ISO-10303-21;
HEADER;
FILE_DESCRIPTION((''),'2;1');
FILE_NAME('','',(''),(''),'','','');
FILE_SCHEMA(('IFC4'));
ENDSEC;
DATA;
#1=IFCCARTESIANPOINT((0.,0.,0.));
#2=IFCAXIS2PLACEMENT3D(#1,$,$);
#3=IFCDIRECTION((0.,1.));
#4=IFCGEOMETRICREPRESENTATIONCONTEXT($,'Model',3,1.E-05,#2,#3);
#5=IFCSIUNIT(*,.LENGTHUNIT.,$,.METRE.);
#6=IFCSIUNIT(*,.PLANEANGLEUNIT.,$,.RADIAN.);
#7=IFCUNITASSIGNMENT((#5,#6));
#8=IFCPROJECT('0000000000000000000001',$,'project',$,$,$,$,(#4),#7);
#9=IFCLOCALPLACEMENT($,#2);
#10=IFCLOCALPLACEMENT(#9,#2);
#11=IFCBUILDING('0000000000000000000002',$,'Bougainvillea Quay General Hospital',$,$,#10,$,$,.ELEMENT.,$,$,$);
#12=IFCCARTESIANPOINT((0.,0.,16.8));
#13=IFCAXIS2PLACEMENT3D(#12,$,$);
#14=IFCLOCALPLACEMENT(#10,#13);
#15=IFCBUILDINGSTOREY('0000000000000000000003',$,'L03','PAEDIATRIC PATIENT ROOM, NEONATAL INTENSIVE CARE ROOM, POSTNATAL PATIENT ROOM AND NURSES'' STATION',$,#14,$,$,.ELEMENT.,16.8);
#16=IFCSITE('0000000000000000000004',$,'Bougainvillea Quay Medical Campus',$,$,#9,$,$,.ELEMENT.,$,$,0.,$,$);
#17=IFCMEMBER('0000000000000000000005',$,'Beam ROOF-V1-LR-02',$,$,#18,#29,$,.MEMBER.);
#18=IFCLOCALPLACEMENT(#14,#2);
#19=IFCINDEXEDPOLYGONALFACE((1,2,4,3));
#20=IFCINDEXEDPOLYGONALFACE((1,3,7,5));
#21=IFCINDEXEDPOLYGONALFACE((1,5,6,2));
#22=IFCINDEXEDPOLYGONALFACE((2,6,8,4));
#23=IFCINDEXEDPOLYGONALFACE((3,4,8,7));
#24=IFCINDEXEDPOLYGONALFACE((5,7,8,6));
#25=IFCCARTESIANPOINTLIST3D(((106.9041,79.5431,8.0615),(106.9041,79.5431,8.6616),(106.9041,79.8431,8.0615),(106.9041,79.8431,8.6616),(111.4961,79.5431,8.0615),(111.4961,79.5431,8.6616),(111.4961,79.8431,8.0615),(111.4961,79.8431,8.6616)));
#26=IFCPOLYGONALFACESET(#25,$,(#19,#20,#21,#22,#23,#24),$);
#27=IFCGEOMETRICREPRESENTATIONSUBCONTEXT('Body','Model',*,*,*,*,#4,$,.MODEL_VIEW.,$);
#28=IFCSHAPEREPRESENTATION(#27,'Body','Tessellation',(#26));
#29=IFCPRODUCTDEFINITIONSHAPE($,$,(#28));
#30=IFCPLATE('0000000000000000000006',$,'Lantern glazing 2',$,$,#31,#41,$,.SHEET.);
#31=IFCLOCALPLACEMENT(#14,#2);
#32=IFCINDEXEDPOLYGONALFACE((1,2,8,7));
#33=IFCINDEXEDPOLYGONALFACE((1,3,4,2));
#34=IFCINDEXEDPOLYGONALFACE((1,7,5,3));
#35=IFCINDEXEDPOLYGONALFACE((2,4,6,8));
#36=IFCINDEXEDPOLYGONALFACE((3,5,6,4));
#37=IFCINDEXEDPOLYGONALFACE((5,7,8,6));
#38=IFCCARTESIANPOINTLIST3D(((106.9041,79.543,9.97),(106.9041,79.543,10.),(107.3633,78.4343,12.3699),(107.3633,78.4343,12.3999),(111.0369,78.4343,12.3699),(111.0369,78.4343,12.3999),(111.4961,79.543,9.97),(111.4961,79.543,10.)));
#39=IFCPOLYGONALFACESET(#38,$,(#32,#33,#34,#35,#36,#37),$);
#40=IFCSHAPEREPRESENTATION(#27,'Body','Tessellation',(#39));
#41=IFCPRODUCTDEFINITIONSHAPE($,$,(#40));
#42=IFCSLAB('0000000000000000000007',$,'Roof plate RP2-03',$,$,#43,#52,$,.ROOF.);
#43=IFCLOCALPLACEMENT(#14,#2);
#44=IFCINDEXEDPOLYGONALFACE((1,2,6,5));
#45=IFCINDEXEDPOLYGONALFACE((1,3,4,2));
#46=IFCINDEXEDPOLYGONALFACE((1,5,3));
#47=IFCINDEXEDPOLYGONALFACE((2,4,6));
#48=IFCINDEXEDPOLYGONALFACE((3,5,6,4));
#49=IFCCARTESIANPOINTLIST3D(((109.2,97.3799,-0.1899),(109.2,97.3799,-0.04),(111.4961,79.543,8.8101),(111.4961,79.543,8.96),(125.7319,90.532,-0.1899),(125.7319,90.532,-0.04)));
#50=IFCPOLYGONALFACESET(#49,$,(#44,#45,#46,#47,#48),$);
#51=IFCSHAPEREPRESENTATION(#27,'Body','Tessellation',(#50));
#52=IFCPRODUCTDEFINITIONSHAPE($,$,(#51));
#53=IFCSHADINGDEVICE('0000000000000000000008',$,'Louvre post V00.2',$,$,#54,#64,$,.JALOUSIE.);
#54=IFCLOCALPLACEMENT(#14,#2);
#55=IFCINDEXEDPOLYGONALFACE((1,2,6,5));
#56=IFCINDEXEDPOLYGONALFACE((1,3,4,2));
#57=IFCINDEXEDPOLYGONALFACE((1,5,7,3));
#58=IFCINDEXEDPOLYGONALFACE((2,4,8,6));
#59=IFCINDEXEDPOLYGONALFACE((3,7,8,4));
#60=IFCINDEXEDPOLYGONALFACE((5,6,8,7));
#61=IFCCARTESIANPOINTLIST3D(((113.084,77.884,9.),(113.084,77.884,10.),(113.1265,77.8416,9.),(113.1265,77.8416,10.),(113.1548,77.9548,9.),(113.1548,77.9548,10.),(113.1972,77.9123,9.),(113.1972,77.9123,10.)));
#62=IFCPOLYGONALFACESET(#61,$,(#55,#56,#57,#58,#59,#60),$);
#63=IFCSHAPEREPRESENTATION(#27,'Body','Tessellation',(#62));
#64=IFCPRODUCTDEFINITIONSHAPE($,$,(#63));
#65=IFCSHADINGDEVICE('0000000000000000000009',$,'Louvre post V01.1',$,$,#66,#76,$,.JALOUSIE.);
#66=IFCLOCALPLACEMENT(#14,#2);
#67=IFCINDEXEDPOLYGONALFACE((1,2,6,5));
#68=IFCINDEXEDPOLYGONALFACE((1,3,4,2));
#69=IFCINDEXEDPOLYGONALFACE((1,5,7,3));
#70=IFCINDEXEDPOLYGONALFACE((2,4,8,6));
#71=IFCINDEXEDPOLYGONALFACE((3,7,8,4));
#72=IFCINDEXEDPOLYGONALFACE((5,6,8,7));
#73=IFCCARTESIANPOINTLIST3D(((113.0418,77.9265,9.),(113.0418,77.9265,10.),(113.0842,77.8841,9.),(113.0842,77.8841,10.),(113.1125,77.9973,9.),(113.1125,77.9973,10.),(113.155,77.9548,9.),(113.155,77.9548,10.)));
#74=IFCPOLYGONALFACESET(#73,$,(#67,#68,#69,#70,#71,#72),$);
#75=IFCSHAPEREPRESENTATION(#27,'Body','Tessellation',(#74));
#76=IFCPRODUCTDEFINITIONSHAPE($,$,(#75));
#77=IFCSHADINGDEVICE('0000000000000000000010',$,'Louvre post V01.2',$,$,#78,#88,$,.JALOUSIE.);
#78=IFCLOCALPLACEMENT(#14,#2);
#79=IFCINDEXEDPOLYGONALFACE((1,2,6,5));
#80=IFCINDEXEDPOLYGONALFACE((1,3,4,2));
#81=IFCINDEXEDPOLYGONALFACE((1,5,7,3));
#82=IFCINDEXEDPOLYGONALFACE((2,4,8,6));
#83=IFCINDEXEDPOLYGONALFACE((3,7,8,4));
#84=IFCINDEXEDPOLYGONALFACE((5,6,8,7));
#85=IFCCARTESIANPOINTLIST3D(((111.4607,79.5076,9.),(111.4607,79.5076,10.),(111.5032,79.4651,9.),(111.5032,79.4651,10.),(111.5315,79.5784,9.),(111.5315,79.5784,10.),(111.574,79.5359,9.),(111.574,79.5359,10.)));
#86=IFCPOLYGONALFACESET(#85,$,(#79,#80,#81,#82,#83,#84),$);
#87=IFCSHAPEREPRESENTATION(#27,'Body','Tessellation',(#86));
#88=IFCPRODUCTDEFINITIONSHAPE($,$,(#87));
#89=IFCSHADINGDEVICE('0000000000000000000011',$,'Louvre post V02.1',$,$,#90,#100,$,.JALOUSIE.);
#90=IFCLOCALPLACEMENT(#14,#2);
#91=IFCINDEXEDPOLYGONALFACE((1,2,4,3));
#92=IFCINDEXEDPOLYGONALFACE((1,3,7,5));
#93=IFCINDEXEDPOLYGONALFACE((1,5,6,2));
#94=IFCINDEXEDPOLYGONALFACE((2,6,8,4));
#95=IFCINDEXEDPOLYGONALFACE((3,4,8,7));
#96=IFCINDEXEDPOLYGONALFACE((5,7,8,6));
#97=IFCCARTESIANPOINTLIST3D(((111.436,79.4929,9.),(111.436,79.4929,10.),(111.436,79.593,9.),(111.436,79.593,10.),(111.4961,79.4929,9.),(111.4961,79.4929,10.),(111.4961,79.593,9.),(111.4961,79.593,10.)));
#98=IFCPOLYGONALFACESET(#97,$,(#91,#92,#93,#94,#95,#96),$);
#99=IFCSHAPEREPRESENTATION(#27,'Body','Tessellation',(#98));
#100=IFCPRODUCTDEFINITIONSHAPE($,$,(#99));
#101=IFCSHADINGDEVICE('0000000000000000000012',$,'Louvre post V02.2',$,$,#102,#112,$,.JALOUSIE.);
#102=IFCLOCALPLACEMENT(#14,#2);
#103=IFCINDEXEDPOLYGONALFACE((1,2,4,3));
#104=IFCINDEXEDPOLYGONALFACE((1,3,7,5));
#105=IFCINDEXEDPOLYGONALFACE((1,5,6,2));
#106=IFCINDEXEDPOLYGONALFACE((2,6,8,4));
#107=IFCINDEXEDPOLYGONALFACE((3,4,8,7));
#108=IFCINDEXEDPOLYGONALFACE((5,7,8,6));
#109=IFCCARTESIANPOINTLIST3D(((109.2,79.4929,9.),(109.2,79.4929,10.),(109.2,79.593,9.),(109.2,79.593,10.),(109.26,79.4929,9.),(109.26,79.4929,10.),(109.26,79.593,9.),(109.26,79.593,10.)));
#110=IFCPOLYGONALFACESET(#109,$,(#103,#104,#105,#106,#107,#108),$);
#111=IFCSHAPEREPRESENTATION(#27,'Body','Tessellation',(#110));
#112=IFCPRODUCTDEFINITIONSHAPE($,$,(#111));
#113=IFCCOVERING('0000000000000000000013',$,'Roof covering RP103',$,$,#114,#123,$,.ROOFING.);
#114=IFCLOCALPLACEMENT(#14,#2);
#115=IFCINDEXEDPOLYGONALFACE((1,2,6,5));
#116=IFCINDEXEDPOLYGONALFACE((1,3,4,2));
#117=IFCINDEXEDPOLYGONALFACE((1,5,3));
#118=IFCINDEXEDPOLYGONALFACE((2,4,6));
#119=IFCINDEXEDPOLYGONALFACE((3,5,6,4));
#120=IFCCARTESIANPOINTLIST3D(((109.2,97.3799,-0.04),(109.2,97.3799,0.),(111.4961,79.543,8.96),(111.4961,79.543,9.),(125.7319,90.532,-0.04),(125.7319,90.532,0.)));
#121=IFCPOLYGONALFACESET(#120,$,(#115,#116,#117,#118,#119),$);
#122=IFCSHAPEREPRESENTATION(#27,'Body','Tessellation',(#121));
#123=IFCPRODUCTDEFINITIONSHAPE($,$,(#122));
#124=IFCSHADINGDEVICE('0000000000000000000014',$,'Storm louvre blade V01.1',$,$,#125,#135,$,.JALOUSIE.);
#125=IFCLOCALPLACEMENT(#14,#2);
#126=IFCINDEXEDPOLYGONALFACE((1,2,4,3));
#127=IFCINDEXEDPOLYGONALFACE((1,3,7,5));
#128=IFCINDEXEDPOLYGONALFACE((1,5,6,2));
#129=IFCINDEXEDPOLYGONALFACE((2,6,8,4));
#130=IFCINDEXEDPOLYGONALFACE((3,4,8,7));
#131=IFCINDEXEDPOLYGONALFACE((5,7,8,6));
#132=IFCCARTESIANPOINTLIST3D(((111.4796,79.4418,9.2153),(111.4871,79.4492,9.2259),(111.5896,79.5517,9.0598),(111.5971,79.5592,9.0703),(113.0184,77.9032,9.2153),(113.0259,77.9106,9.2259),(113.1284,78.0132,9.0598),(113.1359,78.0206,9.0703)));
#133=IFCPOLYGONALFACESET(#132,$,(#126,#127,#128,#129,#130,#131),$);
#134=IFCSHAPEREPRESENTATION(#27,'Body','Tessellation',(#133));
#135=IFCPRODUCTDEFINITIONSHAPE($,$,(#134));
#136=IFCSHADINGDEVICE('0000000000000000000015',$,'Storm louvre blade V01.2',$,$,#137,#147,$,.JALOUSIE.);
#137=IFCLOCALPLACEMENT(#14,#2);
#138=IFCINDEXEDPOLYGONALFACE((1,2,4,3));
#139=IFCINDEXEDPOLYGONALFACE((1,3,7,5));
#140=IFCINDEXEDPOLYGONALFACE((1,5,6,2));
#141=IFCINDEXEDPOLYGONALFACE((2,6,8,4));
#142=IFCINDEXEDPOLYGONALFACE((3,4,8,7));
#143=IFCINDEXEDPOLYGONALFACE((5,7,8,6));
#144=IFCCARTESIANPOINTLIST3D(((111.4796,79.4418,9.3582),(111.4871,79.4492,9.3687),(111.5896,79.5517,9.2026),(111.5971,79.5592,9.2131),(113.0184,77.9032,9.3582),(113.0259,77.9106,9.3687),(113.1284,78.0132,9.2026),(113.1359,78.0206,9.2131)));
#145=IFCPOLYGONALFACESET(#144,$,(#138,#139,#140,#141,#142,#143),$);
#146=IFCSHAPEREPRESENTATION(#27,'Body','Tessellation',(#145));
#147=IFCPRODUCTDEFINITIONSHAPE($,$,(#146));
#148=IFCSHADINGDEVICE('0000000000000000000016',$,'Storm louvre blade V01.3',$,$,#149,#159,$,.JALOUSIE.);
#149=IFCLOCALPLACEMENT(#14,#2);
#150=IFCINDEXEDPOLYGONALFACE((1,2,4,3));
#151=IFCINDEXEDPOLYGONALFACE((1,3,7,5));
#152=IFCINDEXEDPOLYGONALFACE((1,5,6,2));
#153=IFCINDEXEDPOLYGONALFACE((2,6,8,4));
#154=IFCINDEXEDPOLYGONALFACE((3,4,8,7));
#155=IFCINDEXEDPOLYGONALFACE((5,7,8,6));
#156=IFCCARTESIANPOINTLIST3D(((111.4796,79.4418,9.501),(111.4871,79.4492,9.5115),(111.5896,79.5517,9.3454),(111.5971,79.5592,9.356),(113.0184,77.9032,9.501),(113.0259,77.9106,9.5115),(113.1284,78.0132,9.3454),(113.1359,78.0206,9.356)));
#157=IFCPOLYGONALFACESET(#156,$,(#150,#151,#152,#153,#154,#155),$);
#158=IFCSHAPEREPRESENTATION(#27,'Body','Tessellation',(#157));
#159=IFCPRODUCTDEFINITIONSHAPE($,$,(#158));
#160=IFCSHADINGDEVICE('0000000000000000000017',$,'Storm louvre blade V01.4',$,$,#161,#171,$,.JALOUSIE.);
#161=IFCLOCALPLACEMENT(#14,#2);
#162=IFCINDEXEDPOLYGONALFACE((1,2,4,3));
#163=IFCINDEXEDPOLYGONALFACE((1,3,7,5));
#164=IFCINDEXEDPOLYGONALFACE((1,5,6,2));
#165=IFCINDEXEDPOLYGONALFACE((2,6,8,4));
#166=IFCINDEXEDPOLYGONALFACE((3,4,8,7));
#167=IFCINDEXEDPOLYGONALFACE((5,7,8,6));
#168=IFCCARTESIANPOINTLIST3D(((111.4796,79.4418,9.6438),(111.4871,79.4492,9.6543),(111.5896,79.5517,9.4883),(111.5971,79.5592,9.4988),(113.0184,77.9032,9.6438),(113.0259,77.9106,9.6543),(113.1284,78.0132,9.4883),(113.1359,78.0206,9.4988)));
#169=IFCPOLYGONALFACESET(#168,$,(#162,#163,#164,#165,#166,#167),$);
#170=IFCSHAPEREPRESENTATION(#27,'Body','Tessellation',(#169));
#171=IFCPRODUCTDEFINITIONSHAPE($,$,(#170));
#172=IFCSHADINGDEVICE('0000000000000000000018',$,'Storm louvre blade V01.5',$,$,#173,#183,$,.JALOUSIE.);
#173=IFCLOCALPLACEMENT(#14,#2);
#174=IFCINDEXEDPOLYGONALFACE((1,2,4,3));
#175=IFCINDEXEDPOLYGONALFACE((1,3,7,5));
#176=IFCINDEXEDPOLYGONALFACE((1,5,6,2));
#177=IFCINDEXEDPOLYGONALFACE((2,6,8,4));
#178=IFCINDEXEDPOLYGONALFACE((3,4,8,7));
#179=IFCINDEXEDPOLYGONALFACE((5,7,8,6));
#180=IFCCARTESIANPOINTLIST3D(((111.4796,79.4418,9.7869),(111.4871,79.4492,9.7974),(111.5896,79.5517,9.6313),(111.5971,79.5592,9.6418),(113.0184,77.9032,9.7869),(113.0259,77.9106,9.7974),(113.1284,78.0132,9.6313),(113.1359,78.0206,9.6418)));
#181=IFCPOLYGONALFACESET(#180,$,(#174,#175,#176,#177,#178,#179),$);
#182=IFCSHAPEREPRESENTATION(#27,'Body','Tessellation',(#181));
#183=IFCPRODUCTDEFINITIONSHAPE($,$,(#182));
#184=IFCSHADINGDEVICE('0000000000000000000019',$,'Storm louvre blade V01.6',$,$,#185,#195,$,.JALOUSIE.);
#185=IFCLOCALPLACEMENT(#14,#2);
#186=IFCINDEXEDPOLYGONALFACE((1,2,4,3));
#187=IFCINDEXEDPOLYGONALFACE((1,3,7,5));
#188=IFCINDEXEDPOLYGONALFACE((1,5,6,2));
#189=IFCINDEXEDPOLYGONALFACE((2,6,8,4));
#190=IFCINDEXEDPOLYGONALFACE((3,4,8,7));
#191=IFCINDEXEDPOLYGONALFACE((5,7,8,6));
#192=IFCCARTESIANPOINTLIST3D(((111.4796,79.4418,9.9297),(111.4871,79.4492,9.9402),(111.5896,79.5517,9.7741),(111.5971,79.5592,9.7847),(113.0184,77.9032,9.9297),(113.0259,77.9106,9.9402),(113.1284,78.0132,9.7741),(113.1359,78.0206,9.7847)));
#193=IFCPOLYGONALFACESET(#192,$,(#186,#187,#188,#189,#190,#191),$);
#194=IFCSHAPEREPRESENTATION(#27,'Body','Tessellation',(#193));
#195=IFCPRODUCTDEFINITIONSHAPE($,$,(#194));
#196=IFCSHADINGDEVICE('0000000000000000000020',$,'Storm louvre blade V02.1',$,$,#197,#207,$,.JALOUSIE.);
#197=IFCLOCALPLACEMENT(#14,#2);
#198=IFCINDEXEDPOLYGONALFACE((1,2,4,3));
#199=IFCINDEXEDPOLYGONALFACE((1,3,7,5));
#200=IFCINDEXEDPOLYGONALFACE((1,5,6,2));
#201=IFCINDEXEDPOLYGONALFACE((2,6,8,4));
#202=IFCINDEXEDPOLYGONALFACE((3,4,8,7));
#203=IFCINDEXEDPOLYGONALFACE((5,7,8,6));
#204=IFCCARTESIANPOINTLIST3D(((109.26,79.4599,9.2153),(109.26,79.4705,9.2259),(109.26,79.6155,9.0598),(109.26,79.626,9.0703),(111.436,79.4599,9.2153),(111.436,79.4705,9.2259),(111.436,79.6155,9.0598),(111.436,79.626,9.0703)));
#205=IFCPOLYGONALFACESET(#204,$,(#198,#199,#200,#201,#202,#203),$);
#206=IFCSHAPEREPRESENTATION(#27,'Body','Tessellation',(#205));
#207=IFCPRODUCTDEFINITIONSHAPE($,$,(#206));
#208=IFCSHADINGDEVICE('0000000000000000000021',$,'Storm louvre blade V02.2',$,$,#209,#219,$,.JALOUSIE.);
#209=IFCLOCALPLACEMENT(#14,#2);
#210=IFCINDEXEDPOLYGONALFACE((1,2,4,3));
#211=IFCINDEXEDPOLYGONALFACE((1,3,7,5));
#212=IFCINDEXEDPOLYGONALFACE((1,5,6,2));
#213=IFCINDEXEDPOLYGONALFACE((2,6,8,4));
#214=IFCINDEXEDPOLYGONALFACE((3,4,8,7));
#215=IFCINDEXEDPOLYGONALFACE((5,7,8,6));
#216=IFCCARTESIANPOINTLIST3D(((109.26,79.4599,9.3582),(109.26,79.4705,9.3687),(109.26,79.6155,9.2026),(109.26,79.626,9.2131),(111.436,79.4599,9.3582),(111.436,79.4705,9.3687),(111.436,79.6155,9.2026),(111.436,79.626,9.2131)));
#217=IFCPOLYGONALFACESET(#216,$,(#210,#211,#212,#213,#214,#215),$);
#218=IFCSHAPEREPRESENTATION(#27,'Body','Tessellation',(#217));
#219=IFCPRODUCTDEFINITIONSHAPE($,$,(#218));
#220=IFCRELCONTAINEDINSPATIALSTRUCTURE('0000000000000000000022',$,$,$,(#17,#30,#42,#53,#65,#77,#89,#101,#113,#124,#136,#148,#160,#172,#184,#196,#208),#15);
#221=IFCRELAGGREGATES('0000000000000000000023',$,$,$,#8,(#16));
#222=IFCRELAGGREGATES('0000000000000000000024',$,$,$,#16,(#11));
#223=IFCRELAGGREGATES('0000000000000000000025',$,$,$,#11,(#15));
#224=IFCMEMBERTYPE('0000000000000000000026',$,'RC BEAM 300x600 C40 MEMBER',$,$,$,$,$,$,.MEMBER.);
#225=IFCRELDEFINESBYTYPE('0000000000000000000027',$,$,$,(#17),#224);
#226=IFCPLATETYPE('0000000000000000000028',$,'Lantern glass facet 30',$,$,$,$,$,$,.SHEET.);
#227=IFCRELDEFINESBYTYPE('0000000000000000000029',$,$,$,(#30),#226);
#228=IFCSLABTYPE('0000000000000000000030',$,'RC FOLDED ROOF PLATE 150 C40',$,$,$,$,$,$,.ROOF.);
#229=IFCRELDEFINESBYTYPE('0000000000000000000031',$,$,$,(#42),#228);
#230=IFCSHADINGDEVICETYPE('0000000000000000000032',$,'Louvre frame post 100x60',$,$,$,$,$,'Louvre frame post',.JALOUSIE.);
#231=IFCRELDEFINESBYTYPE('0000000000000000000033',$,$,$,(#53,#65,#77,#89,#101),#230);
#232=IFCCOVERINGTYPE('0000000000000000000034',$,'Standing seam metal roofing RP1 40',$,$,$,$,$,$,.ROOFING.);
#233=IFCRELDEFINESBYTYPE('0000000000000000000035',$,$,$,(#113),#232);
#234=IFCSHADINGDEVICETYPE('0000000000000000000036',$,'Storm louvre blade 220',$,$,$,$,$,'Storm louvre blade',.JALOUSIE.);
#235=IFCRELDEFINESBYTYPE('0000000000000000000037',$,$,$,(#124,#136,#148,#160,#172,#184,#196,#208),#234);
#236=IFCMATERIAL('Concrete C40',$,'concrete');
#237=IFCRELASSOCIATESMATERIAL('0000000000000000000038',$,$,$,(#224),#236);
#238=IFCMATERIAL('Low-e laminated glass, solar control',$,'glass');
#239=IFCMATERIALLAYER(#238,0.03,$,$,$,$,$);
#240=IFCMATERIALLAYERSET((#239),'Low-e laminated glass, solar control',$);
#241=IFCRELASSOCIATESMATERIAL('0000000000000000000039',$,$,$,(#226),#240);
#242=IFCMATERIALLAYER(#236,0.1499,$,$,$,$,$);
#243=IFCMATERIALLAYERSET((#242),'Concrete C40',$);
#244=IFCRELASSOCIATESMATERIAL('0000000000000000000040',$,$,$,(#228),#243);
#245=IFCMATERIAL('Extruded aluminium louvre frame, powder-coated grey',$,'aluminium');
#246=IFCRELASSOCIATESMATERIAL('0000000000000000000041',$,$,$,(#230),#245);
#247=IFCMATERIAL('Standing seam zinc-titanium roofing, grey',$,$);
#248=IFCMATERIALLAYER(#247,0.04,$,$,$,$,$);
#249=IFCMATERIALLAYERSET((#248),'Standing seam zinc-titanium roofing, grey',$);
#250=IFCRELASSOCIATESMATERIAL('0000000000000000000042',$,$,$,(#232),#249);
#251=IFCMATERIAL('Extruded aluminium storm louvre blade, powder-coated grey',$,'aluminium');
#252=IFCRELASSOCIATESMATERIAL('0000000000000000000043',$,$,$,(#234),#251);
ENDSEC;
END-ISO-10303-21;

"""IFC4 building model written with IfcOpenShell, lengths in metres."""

from ifc_helpers import new_model, si_unit, direction, frame, origin, origin_2d, place, context, subcontext, project, spatial, polyline, rectangle, outline, extrude, material, layer, layer_set, material_profile, profile_set, type_object, element, save


model = new_model("IFC4")

# Units and contexts
model_context = context("Model", 3, precision=1e-05, world=origin(), true_north=direction((0.0, 1.0)))
body_context = subcontext(model_context, "Body", "Model", "MODEL_VIEW")
ifc_project = project(units=[si_unit("LENGTHUNIT", "METRE"), si_unit("PLANEANGLEUNIT", "RADIAN")], contexts=[model_context])

# Site, building, storey
site_placement = place(None, origin())
site = spatial("IfcSite", under=ifc_project, at=site_placement, Name="Bougainvillea Quay Medical Campus", CompositionType="ELEMENT", RefElevation=0.0)
building_placement = place(site_placement, origin())
building = spatial("IfcBuilding", under=site, at=building_placement, Name="Bougainvillea Quay General Hospital", CompositionType="ELEMENT")
storey_placement = place(building_placement, frame((0.0, 0.0, 16.8)))
storey = spatial("IfcBuildingStorey", under=building, at=storey_placement, Name="L03", Description="PAEDIATRIC PATIENT ROOM, NEONATAL INTENSIVE CARE ROOM, POSTNATAL PATIENT ROOM AND NURSES' STATION", CompositionType="ELEMENT", Elevation=16.8)

# Member
ifc_material_1 = material(Name="Concrete C40", Category="concrete")
ifc_material_profile_1 = material_profile(ifc_material_1, rectangle(XDim=0.3, YDim=0.6001, at=origin_2d()))
ifc_profile_set_1 = profile_set([ifc_material_profile_1], Name="Concrete C40")
member_type = type_object("IfcMemberType", Name="RC BEAM 300x600 C40 MEMBER", PredefinedType="MEMBER", material=ifc_profile_set_1)
member_placement = place(storey_placement, frame((111.4961, 79.6931, 8.3616), z_axis=(-1.0, 0.0, 0.0), x_axis=(0.0, -1.0, 0.0)))
element("IfcMember", 1, at=member_placement, inside=storey, type_object=member_type, Name="Beam ROOF-V1-LR-02", PredefinedType="MEMBER", context=body_context, shape_type="SweptSolid", body=[
    extrude(rectangle(XDim=0.3, YDim=0.6001, at=origin_2d()), origin(), (0.0, 0.0, 1.0), 4.592),
])

# Plate
ifc_material_2 = material(Name="Low-e laminated glass, solar control", Category="glass")
ifc_layer_1 = layer(ifc_material_2, 0.03)
ifc_layer_set_1 = layer_set([ifc_layer_1], Name="Low-e laminated glass, solar control")
plate_type = type_object("IfcPlateType", Name="Lantern glass facet 30", PredefinedType="SHEET", material=ifc_layer_set_1)
plate_placement = place(storey_placement, frame((111.4961, 79.543, 10.0), z_axis=(0.0, 0.907816, 0.419369), x_axis=(-1.0, 0.0, 0.0)))
element("IfcPlate", 2, at=plate_placement, inside=storey, type_object=plate_type, Name="Lantern glazing 2", PredefinedType="SHEET", context=body_context, shape_type="SweptSolid", body=[
    extrude(outline(polyline([(0.0, 0.0), (4.592, 0.0), (4.1328, 2.6436), (0.4592, 2.6436), (0.0, 0.0)])), origin(), (0.0, -0.907816, -0.419369), 0.03),
])

# Slab
ifc_layer_2 = layer(ifc_material_1, 0.1499)
ifc_layer_set_2 = layer_set([ifc_layer_2], Name="Concrete C40")
slab_type = type_object("IfcSlabType", Name="RC FOLDED ROOF PLATE 150 C40", PredefinedType="ROOF", material=ifc_layer_set_2)
slab_placement = place(storey_placement, frame((111.4961, 79.543, 8.96), z_axis=(0.191235, 0.461673, 0.866191), x_axis=(0.707894, 0.546442, -0.447536)))
element("IfcSlab", 3, at=slab_placement, inside=storey, type_object=slab_type, Name="Roof plate RP2-03", PredefinedType="ROOF", context=body_context, shape_type="SweptSolid", body=[
    extrude(outline(polyline([(0.0, 0.0), (20.1101, 0.0), (12.1492, 16.0257), (0.0, 0.0)])), origin(), (0.447536, 0.222317, -0.866191), 0.1499),
])

# Shading devices
ifc_material_3 = material(Name="Extruded aluminium louvre frame, powder-coated grey", Category="aluminium")
ifc_material_profile_2 = material_profile(ifc_material_3, rectangle(XDim=0.1001, YDim=0.0601, at=origin_2d()))
ifc_profile_set_2 = profile_set([ifc_material_profile_2], Name="Extruded aluminium louvre frame, powder-coated grey")
shading_device_type_1 = type_object("IfcShadingDeviceType", Name="Louvre frame post 100x60", ElementType="Louvre frame post", PredefinedType="JALOUSIE", material=ifc_profile_set_2)
for number, where, z_axis, x_axis, name in (
    (4, (113.1406, 77.8982, 9.0), (0.0, 0.0, 1.0), (-0.707107, -0.707107, 0.0), "Louvre post V00.2"),
    (5, (113.0984, 77.9407, 9.0), (0.0, 0.0, 1.0), (-0.707107, -0.707107, 0.0), "Louvre post V01.1"),
    (6, (111.5173, 79.5217, 9.0), (0.0, 0.0, 1.0), (-0.707107, -0.707107, 0.0), "Louvre post V01.2"),
    (7, (111.4661, 79.543, 9.0), (0.0, 0.0, 1.0), (0.0, -1.0, 0.0), "Louvre post V02.1"),
    (8, (109.23, 79.543, 9.0), (0.0, 0.0, 1.0), (0.0, -1.0, 0.0), "Louvre post V02.2"),
):
    element("IfcShadingDevice", number, at=place(storey_placement, frame(where, z_axis=z_axis, x_axis=x_axis)), inside=storey, type_object=shading_device_type_1, Name=name, PredefinedType="JALOUSIE", context=body_context, shape_type="SweptSolid", body=[
        extrude(rectangle(XDim=0.1001, YDim=0.0601, at=origin_2d()), origin(), (0.0, 0.0, 1.0), 1.0),
    ])

# Covering
ifc_material_4 = material(Name="Standing seam zinc-titanium roofing, grey")
ifc_layer_3 = layer(ifc_material_4, 0.04)
ifc_layer_set_3 = layer_set([ifc_layer_3], Name="Standing seam zinc-titanium roofing, grey")
covering_type = type_object("IfcCoveringType", Name="Standing seam metal roofing RP1 40", PredefinedType="ROOFING", material=ifc_layer_set_3)
covering_placement = place(storey_placement, frame((111.4961, 79.543, 9.0), z_axis=(0.191235, 0.461673, 0.866191), x_axis=(0.707894, 0.546442, -0.447536)))
element("IfcCovering", 9, at=covering_placement, inside=storey, type_object=covering_type, Name="Roof covering RP103", PredefinedType="ROOFING", context=body_context, shape_type="SweptSolid", body=[
    extrude(outline(polyline([(0.0, 0.0), (20.1101, 0.0), (12.1492, 16.0257), (0.0, 0.0)])), origin(), (0.447536, 0.222317, -0.866191), 0.04),
])

# Shading devices
ifc_material_5 = material(Name="Extruded aluminium storm louvre blade, powder-coated grey", Category="aluminium")
ifc_material_profile_3 = material_profile(ifc_material_5, rectangle(XDim=0.22, YDim=0.0149, at=origin_2d()))
ifc_profile_set_3 = profile_set([ifc_material_profile_3], Name="Extruded aluminium storm louvre blade, powder-coated grey")
shading_device_type_2 = type_object("IfcShadingDeviceType", Name="Storm louvre blade 220", ElementType="Storm louvre blade", PredefinedType="JALOUSIE", material=ifc_profile_set_3)
for number, where, z_axis, x_axis, name in (
    (10, (113.0771, 77.9619, 9.1428), (-0.707163, 0.707051, 0.0), (-0.49996, -0.50004, 0.707107), "Storm louvre blade V01.1"),
    (11, (113.0771, 77.9619, 9.2856), (-0.707163, 0.707051, 0.0), (-0.49996, -0.50004, 0.707107), "Storm louvre blade V01.2"),
    (12, (113.0771, 77.9619, 9.4285), (-0.707163, 0.707051, 0.0), (-0.49996, -0.50004, 0.707107), "Storm louvre blade V01.3"),
    (13, (113.0771, 77.9619, 9.5713), (-0.707163, 0.707051, 0.0), (-0.49996, -0.50004, 0.707107), "Storm louvre blade V01.4"),
    (14, (113.0771, 77.9619, 9.7144), (-0.707163, 0.707051, 0.0), (-0.49996, -0.50004, 0.707107), "Storm louvre blade V01.5"),
    (15, (113.0771, 77.9619, 9.8572), (-0.707163, 0.707051, 0.0), (-0.49996, -0.50004, 0.707107), "Storm louvre blade V01.6"),
    (16, (111.436, 79.543, 9.1428), (-1.0, 0.0, 0.0), (0.0, -0.707107, 0.707107), "Storm louvre blade V02.1"),
    (17, (111.436, 79.543, 9.2856), (-1.0, 0.0, 0.0), (0.0, -0.707107, 0.707107), "Storm louvre blade V02.2"),
):
    element("IfcShadingDevice", number, at=place(storey_placement, frame(where, z_axis=z_axis, x_axis=x_axis)), inside=storey, type_object=shading_device_type_2, Name=name, PredefinedType="JALOUSIE", context=body_context, shape_type="SweptSolid", body=[
        extrude(rectangle(XDim=0.22, YDim=0.0149, at=origin_2d()), origin(), (0.0, 0.0, 1.0), 2.176),
    ])

save(model, "model.ifc")
